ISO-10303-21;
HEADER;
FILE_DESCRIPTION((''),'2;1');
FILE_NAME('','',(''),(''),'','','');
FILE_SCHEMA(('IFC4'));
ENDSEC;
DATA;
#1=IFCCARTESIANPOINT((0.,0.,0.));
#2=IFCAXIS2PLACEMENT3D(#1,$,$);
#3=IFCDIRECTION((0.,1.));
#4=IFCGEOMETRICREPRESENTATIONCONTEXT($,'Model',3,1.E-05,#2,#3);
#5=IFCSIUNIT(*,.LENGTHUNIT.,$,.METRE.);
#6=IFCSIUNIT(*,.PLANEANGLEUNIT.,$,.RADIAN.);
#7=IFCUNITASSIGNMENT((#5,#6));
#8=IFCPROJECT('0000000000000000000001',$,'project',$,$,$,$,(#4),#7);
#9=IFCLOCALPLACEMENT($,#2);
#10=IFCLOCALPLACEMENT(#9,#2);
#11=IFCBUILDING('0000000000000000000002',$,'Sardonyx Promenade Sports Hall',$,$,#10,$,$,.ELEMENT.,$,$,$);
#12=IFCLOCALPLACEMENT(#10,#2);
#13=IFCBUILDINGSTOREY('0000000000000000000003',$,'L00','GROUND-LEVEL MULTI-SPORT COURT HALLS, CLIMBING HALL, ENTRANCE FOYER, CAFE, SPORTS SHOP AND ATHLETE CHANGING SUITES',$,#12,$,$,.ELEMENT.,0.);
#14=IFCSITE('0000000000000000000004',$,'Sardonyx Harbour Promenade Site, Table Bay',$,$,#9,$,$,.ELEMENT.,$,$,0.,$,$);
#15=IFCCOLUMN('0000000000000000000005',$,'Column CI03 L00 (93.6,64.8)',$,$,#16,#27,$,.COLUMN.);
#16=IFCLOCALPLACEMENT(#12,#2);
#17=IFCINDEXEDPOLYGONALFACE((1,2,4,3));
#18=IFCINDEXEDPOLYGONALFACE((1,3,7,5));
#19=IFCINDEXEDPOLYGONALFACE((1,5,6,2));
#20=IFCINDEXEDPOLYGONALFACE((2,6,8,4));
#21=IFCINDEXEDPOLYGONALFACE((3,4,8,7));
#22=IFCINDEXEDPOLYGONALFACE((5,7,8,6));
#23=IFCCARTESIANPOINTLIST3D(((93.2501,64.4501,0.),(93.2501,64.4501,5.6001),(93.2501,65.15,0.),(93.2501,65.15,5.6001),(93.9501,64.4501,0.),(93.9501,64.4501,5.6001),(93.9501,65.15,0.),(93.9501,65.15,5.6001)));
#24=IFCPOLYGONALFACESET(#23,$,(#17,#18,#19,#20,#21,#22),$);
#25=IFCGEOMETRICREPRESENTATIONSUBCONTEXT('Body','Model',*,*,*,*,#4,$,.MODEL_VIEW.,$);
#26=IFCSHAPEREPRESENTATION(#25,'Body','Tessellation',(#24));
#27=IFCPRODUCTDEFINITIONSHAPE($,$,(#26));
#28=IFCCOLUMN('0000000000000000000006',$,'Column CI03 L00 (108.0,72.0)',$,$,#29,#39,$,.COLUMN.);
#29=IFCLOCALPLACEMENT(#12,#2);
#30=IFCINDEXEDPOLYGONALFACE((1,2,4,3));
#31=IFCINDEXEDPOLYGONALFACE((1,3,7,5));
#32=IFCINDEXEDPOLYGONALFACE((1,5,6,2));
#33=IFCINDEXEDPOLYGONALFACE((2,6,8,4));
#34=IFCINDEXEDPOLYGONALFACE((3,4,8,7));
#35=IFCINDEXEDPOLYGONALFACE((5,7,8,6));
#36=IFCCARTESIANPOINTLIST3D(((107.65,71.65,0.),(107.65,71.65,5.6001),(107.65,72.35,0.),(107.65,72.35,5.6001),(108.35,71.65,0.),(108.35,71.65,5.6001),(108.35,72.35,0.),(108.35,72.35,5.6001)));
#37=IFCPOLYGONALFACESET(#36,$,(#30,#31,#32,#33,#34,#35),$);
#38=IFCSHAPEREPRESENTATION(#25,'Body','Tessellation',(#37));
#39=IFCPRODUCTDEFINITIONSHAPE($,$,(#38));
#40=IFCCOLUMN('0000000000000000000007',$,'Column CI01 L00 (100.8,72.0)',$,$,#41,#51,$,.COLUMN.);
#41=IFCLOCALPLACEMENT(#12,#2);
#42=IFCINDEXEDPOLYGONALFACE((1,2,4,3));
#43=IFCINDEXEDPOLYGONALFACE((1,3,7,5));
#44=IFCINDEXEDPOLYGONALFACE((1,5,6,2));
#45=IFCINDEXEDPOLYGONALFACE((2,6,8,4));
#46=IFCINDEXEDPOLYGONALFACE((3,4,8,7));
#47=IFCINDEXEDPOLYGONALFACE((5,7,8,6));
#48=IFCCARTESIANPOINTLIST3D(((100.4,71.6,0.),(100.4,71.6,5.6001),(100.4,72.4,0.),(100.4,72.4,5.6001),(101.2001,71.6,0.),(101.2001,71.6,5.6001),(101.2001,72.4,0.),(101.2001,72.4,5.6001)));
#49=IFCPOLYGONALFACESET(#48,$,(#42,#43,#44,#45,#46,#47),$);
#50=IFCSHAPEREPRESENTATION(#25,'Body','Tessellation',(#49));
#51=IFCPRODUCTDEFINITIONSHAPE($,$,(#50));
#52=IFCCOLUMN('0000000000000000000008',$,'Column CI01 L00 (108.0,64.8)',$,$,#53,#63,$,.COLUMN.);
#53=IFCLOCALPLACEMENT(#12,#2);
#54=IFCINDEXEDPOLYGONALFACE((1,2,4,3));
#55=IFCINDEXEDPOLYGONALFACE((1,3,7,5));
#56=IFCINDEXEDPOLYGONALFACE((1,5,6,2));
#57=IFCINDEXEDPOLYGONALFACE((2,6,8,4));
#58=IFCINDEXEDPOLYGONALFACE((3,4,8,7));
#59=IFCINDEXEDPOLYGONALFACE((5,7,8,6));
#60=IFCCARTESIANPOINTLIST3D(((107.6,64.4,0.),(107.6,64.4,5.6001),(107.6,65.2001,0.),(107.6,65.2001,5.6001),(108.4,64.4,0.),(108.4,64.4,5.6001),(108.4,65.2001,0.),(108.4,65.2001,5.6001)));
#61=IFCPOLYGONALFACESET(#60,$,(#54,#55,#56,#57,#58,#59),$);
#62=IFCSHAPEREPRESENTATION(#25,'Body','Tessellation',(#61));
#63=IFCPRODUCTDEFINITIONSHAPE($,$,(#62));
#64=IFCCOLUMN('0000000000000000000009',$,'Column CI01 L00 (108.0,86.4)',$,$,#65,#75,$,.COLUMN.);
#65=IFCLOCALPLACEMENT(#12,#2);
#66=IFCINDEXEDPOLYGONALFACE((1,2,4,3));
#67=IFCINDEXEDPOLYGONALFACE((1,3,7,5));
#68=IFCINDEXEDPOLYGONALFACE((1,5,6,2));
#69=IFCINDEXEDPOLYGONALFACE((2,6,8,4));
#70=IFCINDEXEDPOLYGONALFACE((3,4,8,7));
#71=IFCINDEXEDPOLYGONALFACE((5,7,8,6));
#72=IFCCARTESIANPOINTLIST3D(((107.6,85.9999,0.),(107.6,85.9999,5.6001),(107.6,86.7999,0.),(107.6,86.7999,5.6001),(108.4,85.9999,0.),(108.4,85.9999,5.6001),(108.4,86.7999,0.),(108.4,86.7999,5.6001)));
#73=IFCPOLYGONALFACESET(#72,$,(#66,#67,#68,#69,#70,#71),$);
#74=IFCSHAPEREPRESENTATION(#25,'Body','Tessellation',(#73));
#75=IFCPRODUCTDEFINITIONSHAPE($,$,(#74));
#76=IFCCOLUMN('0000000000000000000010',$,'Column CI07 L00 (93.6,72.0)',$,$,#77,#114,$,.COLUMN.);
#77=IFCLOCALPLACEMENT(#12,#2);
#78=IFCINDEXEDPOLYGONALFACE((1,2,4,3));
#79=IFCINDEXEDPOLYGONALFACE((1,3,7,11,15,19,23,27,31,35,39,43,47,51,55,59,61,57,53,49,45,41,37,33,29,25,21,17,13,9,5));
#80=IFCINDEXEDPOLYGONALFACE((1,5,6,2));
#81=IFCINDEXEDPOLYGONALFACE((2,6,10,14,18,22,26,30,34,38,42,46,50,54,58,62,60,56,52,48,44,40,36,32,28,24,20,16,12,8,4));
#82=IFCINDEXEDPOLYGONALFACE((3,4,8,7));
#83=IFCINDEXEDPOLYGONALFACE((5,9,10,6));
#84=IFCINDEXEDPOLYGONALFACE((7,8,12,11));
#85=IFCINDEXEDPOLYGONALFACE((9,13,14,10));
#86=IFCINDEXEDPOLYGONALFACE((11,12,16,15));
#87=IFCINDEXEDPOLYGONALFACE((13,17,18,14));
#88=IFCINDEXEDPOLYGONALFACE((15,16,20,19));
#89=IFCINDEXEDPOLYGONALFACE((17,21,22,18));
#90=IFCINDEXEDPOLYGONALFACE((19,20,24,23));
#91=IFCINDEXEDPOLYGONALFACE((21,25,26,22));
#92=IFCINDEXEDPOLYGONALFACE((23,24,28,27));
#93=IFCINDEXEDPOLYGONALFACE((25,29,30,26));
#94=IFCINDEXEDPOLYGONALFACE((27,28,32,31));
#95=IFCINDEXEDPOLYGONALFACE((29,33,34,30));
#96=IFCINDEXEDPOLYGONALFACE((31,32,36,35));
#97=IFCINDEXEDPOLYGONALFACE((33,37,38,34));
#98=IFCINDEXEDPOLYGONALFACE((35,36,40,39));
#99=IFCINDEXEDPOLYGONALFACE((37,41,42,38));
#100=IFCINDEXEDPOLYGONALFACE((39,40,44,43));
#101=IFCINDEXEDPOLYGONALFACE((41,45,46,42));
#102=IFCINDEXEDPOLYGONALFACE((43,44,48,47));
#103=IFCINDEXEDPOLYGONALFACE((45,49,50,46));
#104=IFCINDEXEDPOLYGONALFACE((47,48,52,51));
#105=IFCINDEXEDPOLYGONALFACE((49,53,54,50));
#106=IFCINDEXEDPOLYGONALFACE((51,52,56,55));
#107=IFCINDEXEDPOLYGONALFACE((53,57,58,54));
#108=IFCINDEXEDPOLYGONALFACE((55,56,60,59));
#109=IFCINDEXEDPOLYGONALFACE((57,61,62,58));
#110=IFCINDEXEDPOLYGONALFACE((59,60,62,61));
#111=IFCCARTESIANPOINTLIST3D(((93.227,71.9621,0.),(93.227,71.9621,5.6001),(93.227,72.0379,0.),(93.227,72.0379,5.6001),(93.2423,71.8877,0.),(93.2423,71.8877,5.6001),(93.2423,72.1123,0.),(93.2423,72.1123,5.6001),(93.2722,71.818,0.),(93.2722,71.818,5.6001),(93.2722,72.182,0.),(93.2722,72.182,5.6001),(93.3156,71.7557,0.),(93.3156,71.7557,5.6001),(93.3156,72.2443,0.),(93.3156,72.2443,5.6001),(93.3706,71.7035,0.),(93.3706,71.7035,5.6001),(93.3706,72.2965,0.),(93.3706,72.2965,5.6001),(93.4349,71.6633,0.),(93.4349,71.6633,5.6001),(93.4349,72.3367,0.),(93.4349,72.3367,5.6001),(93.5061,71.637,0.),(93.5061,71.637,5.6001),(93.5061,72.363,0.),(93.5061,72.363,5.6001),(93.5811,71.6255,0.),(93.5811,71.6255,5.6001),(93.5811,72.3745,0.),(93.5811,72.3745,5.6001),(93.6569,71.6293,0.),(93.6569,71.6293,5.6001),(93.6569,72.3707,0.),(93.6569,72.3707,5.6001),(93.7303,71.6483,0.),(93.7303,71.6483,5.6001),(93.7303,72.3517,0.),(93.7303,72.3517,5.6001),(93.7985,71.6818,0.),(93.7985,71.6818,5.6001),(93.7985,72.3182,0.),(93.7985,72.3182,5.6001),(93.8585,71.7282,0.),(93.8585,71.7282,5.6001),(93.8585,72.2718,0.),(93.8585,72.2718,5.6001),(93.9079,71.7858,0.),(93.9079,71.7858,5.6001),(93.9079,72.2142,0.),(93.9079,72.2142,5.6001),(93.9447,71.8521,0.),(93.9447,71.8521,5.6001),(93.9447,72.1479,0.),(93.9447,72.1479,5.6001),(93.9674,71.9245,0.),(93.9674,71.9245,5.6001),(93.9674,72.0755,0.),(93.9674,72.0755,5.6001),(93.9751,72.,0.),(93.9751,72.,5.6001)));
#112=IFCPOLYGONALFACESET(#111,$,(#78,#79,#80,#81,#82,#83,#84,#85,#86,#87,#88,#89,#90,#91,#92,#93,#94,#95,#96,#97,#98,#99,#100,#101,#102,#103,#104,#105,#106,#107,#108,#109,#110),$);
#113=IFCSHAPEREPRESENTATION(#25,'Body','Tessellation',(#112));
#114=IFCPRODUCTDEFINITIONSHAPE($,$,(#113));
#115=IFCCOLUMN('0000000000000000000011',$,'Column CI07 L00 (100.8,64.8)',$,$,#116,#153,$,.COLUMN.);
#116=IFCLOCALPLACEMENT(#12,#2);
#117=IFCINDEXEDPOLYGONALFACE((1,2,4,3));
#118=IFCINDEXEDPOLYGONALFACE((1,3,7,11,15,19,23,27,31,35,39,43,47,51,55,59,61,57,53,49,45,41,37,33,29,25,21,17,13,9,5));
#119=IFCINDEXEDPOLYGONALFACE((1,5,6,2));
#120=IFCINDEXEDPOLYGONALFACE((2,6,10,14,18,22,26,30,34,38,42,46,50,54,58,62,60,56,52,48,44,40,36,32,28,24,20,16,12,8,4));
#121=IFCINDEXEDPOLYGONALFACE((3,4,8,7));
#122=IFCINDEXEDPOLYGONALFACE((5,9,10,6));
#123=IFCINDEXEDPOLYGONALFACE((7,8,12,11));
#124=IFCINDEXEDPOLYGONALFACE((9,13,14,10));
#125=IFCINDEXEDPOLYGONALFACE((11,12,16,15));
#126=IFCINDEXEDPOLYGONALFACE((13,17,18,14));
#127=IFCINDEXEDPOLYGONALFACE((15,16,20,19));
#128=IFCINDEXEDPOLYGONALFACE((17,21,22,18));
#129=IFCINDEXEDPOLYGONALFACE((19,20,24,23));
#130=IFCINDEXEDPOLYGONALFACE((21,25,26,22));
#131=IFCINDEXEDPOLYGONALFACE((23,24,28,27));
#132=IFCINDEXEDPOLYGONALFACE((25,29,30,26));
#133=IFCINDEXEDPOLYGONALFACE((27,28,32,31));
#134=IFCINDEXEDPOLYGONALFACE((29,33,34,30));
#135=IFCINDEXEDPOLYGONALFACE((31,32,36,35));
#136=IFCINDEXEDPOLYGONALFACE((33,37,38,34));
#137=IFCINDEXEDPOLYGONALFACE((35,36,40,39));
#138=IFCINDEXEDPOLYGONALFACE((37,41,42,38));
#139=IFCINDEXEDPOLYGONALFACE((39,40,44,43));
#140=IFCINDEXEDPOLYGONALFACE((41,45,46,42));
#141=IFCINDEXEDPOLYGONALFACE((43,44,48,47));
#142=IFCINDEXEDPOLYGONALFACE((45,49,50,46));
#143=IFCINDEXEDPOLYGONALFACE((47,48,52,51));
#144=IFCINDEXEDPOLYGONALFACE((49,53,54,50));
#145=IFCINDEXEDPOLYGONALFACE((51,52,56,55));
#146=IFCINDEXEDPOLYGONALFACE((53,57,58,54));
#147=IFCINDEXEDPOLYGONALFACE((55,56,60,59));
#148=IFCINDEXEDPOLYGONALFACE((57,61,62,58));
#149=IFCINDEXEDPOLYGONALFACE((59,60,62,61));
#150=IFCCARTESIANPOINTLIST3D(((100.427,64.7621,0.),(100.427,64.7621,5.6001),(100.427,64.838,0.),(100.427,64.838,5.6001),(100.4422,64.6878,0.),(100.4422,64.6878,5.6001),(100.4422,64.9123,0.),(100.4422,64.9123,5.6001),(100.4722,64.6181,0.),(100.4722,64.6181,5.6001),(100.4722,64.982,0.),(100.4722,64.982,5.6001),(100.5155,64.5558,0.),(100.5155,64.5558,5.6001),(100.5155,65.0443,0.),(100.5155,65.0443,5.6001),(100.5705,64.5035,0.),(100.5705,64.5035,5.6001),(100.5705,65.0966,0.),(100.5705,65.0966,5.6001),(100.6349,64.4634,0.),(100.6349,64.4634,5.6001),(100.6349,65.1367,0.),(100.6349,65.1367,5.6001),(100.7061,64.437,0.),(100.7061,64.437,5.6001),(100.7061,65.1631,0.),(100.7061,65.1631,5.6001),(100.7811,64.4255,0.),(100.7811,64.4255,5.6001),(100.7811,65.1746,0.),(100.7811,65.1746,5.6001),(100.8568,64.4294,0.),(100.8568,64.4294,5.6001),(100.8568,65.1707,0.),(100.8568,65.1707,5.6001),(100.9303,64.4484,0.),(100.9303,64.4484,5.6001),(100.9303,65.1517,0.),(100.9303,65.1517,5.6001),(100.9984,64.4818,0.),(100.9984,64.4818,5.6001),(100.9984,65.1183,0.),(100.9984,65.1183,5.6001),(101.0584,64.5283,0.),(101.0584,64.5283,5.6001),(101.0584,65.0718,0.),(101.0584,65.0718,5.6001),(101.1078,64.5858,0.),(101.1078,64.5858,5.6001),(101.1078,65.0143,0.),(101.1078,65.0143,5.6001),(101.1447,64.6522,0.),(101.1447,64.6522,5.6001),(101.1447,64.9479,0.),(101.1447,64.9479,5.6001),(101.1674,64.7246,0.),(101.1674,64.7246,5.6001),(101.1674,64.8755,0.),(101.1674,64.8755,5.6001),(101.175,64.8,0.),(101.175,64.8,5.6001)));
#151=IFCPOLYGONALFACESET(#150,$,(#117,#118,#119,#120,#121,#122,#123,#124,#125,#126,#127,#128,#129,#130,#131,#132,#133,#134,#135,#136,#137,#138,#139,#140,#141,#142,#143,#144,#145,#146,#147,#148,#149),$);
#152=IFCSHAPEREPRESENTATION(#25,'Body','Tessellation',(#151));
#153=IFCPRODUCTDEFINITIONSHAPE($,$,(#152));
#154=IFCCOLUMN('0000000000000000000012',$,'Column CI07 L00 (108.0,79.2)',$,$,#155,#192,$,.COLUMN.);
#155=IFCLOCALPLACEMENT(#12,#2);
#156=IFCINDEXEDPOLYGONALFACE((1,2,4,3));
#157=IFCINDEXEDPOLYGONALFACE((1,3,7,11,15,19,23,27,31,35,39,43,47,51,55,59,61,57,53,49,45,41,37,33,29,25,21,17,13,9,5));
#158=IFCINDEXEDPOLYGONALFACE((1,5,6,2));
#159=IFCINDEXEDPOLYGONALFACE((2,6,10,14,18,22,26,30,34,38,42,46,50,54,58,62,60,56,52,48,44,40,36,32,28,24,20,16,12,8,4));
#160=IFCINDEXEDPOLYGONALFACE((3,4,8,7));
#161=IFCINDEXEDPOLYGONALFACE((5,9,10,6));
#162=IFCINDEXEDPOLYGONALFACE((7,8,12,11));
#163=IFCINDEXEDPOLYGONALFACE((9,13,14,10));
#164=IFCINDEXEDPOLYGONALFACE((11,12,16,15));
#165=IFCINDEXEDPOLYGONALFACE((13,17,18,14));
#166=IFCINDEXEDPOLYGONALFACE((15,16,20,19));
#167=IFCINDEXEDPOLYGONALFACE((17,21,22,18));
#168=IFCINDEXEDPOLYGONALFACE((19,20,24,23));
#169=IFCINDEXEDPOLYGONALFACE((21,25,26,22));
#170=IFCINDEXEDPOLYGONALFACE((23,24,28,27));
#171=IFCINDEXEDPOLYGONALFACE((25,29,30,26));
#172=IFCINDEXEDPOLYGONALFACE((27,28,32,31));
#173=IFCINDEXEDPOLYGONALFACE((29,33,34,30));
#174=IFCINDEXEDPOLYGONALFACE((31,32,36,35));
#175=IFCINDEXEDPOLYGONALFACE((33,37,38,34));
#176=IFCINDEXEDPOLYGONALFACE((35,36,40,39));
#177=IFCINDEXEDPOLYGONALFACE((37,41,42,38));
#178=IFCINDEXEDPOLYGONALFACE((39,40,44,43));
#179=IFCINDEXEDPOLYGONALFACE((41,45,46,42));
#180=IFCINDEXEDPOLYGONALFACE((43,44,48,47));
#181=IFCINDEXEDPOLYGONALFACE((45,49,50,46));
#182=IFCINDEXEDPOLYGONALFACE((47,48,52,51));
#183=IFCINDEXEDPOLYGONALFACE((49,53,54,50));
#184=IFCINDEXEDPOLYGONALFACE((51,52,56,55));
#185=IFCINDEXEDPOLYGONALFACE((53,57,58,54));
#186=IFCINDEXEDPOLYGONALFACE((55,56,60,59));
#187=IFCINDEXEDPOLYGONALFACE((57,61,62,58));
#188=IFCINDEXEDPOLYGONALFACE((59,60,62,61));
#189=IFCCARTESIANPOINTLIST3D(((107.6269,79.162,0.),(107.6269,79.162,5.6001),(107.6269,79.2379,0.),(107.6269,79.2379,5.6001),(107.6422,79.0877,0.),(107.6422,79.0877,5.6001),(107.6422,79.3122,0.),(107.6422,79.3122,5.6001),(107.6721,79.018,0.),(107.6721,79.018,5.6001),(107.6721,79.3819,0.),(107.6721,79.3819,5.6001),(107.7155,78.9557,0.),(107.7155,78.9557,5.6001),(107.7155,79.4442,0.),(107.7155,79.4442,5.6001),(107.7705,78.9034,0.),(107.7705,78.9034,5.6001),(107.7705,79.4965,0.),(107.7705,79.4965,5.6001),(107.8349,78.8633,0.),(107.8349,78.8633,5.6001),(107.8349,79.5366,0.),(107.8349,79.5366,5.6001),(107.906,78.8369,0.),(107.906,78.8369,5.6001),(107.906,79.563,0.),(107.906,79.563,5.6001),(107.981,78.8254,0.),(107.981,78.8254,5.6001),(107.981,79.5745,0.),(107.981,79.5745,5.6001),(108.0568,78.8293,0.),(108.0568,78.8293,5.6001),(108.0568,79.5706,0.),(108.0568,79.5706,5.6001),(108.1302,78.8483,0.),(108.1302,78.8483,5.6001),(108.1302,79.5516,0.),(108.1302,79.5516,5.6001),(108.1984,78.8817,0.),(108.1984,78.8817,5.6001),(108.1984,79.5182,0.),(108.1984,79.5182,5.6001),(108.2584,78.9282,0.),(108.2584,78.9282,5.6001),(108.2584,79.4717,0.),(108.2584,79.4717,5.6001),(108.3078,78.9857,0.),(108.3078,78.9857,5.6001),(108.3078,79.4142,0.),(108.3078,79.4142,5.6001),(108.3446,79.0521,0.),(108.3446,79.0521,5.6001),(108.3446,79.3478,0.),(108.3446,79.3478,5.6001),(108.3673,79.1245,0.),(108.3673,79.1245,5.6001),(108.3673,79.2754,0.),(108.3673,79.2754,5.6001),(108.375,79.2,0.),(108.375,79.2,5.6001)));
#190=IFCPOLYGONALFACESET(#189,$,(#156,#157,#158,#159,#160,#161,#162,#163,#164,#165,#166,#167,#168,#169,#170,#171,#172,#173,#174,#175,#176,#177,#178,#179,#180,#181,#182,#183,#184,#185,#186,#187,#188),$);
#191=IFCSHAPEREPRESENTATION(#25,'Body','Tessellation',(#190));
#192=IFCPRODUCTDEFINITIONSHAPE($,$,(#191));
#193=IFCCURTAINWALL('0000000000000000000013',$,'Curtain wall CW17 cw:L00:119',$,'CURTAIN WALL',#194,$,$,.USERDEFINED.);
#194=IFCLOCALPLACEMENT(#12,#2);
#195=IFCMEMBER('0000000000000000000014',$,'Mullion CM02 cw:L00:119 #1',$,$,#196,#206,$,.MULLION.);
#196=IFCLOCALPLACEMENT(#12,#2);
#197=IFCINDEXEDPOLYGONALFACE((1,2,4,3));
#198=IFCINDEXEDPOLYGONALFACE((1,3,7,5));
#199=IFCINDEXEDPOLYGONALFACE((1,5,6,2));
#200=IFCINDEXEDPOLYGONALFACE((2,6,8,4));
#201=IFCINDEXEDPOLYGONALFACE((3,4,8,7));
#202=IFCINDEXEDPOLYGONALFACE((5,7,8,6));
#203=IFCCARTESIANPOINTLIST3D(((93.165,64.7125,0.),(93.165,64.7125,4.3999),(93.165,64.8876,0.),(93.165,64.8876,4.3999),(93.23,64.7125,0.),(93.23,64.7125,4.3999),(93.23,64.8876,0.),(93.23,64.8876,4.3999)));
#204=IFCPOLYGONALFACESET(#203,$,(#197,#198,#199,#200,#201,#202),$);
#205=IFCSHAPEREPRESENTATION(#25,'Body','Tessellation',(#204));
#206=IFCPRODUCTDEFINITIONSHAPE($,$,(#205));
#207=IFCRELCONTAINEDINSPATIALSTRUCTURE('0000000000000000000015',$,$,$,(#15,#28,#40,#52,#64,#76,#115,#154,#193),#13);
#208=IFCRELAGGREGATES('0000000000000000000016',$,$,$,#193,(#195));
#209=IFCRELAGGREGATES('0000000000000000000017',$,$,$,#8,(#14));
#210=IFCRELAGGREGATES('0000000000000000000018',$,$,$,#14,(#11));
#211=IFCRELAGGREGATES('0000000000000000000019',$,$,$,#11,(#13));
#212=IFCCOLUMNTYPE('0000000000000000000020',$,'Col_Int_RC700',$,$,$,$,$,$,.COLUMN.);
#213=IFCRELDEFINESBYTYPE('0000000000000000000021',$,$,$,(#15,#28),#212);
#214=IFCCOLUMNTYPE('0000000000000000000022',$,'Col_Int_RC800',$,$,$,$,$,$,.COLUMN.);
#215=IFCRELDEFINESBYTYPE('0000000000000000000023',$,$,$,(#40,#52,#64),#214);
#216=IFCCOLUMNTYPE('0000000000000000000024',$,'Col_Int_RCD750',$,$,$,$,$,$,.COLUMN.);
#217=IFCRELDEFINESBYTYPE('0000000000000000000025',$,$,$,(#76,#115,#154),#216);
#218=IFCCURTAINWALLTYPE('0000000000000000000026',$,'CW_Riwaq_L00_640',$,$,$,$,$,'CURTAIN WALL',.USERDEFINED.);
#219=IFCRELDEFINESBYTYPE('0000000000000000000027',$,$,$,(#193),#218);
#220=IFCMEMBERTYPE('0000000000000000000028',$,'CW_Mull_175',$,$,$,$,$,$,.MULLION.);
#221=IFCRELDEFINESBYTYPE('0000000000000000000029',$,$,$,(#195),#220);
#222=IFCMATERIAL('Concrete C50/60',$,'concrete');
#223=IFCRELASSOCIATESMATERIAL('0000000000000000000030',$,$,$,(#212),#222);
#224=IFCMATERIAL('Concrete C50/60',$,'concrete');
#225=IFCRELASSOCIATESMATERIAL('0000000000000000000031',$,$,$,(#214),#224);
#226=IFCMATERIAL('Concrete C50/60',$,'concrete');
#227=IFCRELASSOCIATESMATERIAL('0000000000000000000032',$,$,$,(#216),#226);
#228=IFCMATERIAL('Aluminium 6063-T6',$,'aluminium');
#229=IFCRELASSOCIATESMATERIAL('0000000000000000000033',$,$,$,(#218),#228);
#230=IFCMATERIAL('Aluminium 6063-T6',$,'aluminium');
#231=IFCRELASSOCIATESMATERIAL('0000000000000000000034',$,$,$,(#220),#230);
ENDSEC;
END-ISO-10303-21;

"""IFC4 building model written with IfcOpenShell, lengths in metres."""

from ifc_helpers import new_model, si_unit, direction, frame, origin, origin_2d, place, context, subcontext, project, spatial, rectangle, circle, extrude, material, material_profile, profile_set, type_object, element, aggregate, save


model = new_model("IFC4")

# Units and contexts
model_context = context("Model", 3, precision=1e-05, world=origin(), true_north=direction((0.0, 1.0)))
body_context = subcontext(model_context, "Body", "Model", "MODEL_VIEW")
ifc_project = project(units=[si_unit("LENGTHUNIT", "METRE"), si_unit("PLANEANGLEUNIT", "RADIAN")], contexts=[model_context])

# Site, building, storey
site_placement = place(None, origin())
site = spatial("IfcSite", under=ifc_project, at=site_placement, Name="Sardonyx Harbour Promenade Site, Table Bay", CompositionType="ELEMENT", RefElevation=0.0)
building_placement = place(site_placement, origin())
building = spatial("IfcBuilding", under=site, at=building_placement, Name="Sardonyx Promenade Sports Hall", CompositionType="ELEMENT")
storey_placement = place(building_placement, origin())
storey = spatial("IfcBuildingStorey", under=building, at=storey_placement, Name="L00", Description="GROUND-LEVEL MULTI-SPORT COURT HALLS, CLIMBING HALL, ENTRANCE FOYER, CAFE, SPORTS SHOP AND ATHLETE CHANGING SUITES", CompositionType="ELEMENT", Elevation=0.0)

# Columns
ifc_material_1 = material(Name="Concrete C50/60", Category="concrete")
ifc_material_profile_1 = material_profile(ifc_material_1, rectangle(XDim=0.7, YDim=0.7, at=origin_2d()))
ifc_profile_set_1 = profile_set([ifc_material_profile_1], Name="Concrete C50/60")
column_type_1 = type_object("IfcColumnType", Name="Col_Int_RC700", PredefinedType="COLUMN", material=ifc_profile_set_1)
for number, where, z_axis, x_axis, name in (
    (1, (93.6001, 64.8, 0.0), (0.0, 0.0, 1.0), (1.0, 0.0, 0.0), "Column CI03 L00 (93.6,64.8)"),
    (2, (108.0, 72.0, 0.0), (0.0, 0.0, 1.0), (1.0, 0.0, 0.0), "Column CI03 L00 (108.0,72.0)"),
):
    element("IfcColumn", number, at=place(storey_placement, frame(where, z_axis=z_axis, x_axis=x_axis)), inside=storey, type_object=column_type_1, Name=name, PredefinedType="COLUMN", context=body_context, shape_type="SweptSolid", body=[
        extrude(rectangle(XDim=0.7, YDim=0.7, at=origin_2d()), origin(), (0.0, 0.0, 1.0), 5.6001),
    ])
ifc_material_2 = material(Name="Concrete C50/60", Category="concrete")
ifc_material_profile_2 = material_profile(ifc_material_2, rectangle(XDim=0.8, YDim=0.8, at=origin_2d()))
ifc_profile_set_2 = profile_set([ifc_material_profile_2], Name="Concrete C50/60")
column_type_2 = type_object("IfcColumnType", Name="Col_Int_RC800", PredefinedType="COLUMN", material=ifc_profile_set_2)
for number, where, z_axis, x_axis, name in (
    (3, (100.8, 72.0, 0.0), (0.0, 0.0, 1.0), (1.0, 0.0, 0.0), "Column CI01 L00 (100.8,72.0)"),
    (4, (108.0, 64.8, 0.0), (0.0, 0.0, 1.0), (1.0, 0.0, 0.0), "Column CI01 L00 (108.0,64.8)"),
    (5, (108.0, 86.3999, 0.0), (0.0, 0.0, 1.0), (1.0, 0.0, 0.0), "Column CI01 L00 (108.0,86.4)"),
):
    element("IfcColumn", number, at=place(storey_placement, frame(where, z_axis=z_axis, x_axis=x_axis)), inside=storey, type_object=column_type_2, Name=name, PredefinedType="COLUMN", context=body_context, shape_type="SweptSolid", body=[
        extrude(rectangle(XDim=0.8, YDim=0.8, at=origin_2d()), origin(), (0.0, 0.0, 1.0), 5.6001),
    ])
ifc_material_3 = material(Name="Concrete C50/60", Category="concrete")
ifc_material_profile_3 = material_profile(ifc_material_3, circle(Radius=0.375, at=origin_2d()))
ifc_profile_set_3 = profile_set([ifc_material_profile_3], Name="Concrete C50/60")
column_type_3 = type_object("IfcColumnType", Name="Col_Int_RCD750", PredefinedType="COLUMN", material=ifc_profile_set_3)
for number, where, z_axis, x_axis, name in (
    (6, (93.6001, 72.0, 0.0), (0.0, 0.0, 1.0), (1.0, 0.0, 0.0), "Column CI07 L00 (93.6,72.0)"),
    (7, (100.8, 64.8, 0.0), (0.0, 0.0, 1.0), (1.0, 0.0, 0.0), "Column CI07 L00 (100.8,64.8)"),
    (8, (108.0, 79.2, 0.0), (0.0, 0.0, 1.0), (1.0, 0.0, 0.0), "Column CI07 L00 (108.0,79.2)"),
):
    element("IfcColumn", number, at=place(storey_placement, frame(where, z_axis=z_axis, x_axis=x_axis)), inside=storey, type_object=column_type_3, Name=name, PredefinedType="COLUMN", context=body_context, shape_type="SweptSolid", body=[
        extrude(circle(Radius=0.375, at=origin_2d()), origin(), (0.0, 0.0, 1.0), 5.6001),
    ])

# Curtain wall, member
ifc_material_4 = material(Name="Aluminium 6063-T6", Category="aluminium")
curtain_wall_type = type_object("IfcCurtainWallType", Name="CW_Riwaq_L00_640", ElementType="CURTAIN WALL", PredefinedType="USERDEFINED", material=ifc_material_4)
curtain_wall_placement = place(storey_placement, origin())
curtain_wall = element("IfcCurtainWall", 9, at=curtain_wall_placement, inside=storey, type_object=curtain_wall_type, Name="Curtain wall CW17 cw:L00:119", ObjectType="CURTAIN WALL", PredefinedType="USERDEFINED")
ifc_material_5 = material(Name="Aluminium 6063-T6", Category="aluminium")
ifc_material_profile_4 = material_profile(ifc_material_5, rectangle(XDim=0.0649, YDim=0.175, at=origin_2d()))
ifc_profile_set_4 = profile_set([ifc_material_profile_4], Name="Aluminium 6063-T6")
member_type_1 = type_object("IfcMemberType", Name="CW_Mull_175", PredefinedType="MULLION", material=ifc_profile_set_4)
member_1_placement = place(storey_placement, frame((93.1975, 64.8, 0.0), z_axis=(0.0, 0.0, 1.0), x_axis=(-1.0, 0.0, 0.0)))
member_1 = element("IfcMember", 10, at=member_1_placement, type_object=member_type_1, Name="Mullion CM02 cw:L00:119 #1", PredefinedType="MULLION", context=body_context, shape_type="SweptSolid", body=[
    extrude(rectangle(XDim=0.0649, YDim=0.175, at=origin_2d()), origin(), (0.0, 0.0, 1.0), 4.3999),
])
aggregate(curtain_wall, [member_1])

save(model, "model.ifc")
